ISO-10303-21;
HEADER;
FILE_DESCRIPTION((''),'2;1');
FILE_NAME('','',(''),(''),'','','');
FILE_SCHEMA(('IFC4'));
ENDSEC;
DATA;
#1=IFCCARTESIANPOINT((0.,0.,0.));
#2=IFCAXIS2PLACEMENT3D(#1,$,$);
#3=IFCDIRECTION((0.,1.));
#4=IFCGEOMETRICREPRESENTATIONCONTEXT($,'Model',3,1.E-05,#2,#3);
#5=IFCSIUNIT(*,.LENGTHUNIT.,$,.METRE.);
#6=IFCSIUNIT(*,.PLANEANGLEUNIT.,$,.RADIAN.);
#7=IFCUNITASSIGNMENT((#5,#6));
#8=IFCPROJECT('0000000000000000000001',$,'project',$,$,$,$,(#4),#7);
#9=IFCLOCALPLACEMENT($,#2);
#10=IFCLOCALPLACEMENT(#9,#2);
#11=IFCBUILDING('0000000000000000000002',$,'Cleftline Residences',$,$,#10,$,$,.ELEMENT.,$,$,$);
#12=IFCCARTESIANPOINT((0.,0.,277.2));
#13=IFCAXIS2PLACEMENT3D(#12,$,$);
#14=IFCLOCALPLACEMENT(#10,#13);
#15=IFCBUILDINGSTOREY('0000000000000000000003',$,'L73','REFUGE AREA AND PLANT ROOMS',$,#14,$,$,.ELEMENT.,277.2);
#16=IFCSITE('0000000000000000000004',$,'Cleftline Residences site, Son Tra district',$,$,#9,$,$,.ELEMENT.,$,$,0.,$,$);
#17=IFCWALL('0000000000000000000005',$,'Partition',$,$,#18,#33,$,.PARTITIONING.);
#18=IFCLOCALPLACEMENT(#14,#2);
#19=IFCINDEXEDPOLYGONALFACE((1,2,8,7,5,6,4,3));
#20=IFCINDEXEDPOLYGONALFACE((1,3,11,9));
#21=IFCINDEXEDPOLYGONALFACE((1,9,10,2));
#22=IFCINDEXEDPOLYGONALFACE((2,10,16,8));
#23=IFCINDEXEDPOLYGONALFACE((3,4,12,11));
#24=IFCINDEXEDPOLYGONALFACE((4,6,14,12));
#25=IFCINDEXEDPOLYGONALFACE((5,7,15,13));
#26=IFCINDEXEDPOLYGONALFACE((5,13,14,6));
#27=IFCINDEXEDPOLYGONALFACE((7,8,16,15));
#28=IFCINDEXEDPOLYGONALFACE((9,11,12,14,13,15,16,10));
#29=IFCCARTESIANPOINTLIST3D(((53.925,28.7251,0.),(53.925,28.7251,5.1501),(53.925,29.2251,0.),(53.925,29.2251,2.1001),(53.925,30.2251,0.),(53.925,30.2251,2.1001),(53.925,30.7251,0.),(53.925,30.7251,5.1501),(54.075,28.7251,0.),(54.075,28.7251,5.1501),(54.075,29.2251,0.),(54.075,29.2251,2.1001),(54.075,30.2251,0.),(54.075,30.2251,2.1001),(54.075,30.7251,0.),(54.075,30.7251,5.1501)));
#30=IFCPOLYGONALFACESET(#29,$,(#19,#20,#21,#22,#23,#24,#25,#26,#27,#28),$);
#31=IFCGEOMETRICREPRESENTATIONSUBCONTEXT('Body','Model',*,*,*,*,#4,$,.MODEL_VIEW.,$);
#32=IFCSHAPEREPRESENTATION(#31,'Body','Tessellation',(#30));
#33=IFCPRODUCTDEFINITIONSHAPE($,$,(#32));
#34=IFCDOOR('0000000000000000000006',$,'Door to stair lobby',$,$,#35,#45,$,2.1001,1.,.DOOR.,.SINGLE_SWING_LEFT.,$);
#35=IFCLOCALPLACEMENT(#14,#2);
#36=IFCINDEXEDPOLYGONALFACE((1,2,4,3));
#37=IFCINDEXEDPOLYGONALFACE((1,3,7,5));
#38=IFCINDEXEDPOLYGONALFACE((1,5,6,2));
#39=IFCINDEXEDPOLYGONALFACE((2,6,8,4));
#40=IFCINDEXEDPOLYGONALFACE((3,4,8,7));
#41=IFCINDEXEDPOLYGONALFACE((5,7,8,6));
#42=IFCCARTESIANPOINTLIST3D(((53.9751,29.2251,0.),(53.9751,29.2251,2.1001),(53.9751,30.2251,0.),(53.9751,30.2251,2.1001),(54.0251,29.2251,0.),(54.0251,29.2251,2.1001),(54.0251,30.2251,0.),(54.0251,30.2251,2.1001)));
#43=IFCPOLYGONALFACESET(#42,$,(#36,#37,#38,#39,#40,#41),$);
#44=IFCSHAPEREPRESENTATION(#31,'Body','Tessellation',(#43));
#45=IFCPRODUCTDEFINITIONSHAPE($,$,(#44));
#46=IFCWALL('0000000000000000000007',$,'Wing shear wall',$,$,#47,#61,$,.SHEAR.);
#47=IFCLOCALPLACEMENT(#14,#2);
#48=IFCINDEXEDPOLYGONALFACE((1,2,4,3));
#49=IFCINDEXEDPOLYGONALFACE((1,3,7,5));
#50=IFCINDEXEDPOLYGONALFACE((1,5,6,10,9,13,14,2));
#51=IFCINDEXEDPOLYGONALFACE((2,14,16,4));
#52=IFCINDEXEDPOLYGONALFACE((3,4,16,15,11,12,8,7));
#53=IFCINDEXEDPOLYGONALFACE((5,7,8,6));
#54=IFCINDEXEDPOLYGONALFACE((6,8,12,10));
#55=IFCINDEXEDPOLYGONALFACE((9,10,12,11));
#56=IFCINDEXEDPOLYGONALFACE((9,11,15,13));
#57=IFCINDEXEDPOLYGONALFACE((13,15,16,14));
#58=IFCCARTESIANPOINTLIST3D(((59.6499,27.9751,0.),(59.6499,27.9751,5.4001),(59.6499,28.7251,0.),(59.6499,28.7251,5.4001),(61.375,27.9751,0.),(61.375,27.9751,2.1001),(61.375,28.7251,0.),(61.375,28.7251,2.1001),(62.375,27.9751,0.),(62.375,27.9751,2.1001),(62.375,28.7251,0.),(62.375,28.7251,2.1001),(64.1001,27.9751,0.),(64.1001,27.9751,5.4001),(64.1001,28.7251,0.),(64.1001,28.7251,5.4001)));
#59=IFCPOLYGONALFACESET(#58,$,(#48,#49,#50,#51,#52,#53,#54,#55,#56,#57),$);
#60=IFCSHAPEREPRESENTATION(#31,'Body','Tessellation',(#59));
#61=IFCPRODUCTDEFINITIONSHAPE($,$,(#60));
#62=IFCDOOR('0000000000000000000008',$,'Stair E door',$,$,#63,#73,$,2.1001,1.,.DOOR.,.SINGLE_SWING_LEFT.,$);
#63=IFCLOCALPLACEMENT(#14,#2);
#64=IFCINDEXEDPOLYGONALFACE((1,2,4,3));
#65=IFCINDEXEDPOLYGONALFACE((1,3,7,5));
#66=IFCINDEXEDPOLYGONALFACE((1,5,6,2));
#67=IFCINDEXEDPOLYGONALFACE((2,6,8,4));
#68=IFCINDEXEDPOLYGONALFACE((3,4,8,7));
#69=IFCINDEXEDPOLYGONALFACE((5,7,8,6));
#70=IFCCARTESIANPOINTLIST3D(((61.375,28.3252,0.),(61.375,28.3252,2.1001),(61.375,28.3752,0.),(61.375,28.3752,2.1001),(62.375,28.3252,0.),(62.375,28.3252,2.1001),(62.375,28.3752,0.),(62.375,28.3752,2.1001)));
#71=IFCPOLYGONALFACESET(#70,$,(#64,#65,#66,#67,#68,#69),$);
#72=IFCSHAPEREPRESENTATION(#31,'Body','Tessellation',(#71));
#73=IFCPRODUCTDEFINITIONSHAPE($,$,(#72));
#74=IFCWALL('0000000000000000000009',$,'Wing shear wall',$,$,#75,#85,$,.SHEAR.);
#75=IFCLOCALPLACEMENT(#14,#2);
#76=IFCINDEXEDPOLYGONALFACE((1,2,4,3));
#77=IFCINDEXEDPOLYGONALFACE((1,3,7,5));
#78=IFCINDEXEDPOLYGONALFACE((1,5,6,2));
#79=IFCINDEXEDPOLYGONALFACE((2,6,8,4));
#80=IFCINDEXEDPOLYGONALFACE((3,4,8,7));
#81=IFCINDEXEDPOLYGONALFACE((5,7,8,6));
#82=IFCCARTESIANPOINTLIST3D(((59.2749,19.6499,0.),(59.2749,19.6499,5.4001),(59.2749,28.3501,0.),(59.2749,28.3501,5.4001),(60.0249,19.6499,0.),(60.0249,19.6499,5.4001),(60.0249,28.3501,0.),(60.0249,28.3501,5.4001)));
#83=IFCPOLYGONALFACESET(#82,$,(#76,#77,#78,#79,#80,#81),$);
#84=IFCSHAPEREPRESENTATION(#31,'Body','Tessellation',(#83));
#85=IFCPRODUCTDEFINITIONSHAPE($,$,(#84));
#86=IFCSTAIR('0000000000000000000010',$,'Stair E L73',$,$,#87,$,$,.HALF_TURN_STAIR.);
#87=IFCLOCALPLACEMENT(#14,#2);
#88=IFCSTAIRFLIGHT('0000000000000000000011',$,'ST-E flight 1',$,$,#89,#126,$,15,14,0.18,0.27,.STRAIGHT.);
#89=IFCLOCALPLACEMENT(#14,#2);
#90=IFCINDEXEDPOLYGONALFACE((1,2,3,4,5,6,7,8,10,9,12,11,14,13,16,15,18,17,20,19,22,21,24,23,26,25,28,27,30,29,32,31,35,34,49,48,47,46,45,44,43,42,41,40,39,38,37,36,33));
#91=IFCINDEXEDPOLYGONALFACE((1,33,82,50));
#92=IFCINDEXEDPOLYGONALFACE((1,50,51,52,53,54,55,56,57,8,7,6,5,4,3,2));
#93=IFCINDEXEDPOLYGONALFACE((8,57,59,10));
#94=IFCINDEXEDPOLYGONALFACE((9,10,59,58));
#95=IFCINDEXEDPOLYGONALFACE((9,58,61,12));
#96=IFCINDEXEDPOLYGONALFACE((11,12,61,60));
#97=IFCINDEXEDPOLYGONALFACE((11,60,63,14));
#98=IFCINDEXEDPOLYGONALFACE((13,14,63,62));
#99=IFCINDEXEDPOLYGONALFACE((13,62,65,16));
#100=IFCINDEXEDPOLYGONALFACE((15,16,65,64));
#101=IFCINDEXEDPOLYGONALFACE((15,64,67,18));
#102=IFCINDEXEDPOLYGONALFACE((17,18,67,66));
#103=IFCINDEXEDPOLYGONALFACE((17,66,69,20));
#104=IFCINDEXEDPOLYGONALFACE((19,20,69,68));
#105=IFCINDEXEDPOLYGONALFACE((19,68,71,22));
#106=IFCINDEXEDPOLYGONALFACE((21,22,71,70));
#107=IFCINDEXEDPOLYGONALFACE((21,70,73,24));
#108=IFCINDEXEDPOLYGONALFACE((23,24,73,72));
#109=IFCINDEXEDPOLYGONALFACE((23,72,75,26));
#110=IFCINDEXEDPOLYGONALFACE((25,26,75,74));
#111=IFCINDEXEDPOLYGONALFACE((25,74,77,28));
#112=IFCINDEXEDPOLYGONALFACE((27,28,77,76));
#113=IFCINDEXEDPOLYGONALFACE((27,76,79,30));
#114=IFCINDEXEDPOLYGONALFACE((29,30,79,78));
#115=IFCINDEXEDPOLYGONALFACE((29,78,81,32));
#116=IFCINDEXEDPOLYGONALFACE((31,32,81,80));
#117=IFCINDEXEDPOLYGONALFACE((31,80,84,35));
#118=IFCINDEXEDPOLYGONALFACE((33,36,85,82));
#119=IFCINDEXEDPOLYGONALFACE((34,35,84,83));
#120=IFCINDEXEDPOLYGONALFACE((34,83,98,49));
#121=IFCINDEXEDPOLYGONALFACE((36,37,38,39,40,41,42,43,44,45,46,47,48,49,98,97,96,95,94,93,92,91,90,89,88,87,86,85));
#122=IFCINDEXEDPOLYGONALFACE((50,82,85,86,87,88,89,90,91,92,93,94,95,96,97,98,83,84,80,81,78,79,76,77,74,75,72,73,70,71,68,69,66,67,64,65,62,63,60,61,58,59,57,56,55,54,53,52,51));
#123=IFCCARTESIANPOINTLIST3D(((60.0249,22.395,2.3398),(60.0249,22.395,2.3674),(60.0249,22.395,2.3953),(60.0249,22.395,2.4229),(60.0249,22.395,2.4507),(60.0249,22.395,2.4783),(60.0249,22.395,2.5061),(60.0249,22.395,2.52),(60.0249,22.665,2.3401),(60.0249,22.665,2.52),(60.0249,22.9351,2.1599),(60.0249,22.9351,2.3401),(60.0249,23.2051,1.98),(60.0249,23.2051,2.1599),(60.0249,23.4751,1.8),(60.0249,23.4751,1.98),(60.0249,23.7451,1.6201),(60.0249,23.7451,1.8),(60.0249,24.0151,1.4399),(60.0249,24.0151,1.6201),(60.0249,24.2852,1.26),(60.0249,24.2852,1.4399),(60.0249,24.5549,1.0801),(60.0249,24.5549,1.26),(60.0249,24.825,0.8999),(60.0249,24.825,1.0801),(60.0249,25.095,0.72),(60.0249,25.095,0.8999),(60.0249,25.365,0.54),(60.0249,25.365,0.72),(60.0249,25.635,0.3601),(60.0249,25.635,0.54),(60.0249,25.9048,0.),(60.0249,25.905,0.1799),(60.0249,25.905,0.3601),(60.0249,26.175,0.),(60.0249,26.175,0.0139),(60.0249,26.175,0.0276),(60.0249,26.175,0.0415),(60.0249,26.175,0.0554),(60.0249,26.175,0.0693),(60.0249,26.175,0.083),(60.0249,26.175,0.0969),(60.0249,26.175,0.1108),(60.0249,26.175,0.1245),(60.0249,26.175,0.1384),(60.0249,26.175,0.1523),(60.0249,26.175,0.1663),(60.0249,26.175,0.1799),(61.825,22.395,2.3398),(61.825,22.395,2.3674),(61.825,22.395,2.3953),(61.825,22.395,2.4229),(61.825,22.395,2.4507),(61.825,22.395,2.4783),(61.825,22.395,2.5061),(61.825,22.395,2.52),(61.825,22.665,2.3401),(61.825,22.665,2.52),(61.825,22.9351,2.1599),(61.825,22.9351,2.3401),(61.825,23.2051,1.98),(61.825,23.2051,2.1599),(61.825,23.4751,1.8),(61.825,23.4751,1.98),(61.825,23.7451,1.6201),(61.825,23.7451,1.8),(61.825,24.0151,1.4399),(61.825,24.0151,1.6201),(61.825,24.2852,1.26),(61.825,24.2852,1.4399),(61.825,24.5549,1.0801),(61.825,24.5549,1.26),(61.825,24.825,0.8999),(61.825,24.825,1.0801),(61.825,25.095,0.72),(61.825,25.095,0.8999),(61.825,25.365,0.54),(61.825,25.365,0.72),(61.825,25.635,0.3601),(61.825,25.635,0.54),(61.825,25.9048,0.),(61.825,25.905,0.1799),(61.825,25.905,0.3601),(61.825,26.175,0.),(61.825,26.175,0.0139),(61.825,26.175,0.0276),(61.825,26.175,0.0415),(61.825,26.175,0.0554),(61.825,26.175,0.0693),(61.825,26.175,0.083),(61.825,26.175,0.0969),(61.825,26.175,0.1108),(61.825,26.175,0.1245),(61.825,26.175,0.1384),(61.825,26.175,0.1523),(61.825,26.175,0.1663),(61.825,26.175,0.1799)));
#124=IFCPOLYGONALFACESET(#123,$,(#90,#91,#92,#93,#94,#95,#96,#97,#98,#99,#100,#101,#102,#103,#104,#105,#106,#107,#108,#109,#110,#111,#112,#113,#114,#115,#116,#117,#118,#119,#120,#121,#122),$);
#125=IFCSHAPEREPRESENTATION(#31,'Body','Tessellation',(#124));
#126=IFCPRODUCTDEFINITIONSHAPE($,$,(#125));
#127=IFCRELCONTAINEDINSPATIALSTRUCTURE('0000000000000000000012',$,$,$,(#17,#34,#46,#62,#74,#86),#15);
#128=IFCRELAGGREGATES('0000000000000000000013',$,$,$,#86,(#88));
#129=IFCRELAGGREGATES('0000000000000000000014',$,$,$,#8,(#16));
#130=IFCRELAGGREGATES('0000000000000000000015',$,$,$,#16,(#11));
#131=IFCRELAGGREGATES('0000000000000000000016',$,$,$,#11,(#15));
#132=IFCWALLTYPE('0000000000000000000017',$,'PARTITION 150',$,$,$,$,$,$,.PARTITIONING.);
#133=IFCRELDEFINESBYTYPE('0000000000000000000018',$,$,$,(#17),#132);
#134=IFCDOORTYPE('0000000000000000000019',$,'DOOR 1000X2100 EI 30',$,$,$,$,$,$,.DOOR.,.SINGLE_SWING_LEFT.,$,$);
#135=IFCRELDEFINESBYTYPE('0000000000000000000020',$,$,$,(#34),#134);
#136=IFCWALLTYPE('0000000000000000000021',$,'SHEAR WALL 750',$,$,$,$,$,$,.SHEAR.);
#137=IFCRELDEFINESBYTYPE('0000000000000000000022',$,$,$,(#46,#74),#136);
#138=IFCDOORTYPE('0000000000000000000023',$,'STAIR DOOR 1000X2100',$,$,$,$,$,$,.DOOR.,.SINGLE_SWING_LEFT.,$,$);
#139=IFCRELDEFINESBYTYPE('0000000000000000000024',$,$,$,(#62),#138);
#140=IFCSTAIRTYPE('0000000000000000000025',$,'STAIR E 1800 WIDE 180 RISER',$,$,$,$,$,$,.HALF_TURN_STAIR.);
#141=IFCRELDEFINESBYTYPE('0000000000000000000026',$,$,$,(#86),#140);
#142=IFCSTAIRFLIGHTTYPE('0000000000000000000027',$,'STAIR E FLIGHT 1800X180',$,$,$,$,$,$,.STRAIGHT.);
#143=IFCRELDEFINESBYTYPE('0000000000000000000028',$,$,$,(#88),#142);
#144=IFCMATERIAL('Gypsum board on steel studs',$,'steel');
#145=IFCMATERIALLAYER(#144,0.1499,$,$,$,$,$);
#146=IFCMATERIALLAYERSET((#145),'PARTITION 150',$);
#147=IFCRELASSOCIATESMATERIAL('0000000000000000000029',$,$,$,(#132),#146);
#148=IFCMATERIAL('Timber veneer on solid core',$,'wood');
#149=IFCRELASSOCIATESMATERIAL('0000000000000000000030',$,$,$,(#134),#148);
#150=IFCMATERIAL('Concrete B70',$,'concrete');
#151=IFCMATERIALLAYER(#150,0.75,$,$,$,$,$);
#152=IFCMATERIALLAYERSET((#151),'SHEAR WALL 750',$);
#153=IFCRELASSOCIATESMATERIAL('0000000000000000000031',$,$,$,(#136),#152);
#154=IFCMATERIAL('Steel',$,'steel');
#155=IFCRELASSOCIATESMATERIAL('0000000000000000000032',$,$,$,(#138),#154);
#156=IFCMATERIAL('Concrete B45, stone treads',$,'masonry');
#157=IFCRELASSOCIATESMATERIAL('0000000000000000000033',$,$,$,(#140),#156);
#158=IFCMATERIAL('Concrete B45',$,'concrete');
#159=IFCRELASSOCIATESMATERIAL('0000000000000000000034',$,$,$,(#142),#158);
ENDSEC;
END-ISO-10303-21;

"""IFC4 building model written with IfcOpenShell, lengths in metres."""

from ifc_helpers import new_model, si_unit, direction, frame, frame_2d, origin, place, context, subcontext, project, spatial, polyline, rectangle, outline, extrude, material, layer, layer_set, type_object, element, fill, aggregate, save


model = new_model("IFC4")

# Units and contexts
model_context = context("Model", 3, precision=1e-05, world=origin(), true_north=direction((0.0, 1.0)))
body_context = subcontext(model_context, "Body", "Model", "MODEL_VIEW")
ifc_project = project(units=[si_unit("LENGTHUNIT", "METRE"), si_unit("PLANEANGLEUNIT", "RADIAN")], contexts=[model_context])

# Site, building, storey
site_placement = place(None, origin())
site = spatial("IfcSite", under=ifc_project, at=site_placement, Name="Cleftline Residences site, Son Tra district", CompositionType="ELEMENT", RefElevation=0.0)
building_placement = place(site_placement, origin())
building = spatial("IfcBuilding", under=site, at=building_placement, Name="Cleftline Residences", CompositionType="ELEMENT")
storey_placement = place(building_placement, frame((0.0, 0.0, 277.2)))
storey = spatial("IfcBuildingStorey", under=building, at=storey_placement, Name="L73", Description="REFUGE AREA AND PLANT ROOMS", CompositionType="ELEMENT", Elevation=277.2)

# Walls, openings, doors
ifc_material_1 = material(Name="Gypsum board on steel studs", Category="steel")
ifc_layer_1 = layer(ifc_material_1, 0.1499)
ifc_layer_set_1 = layer_set([ifc_layer_1], Name="PARTITION 150")
wall_type_1 = type_object("IfcWallType", Name="PARTITION 150", PredefinedType="PARTITIONING", material=ifc_layer_set_1)
wall_1_placement = place(storey_placement, frame((54.0, 28.7251, 0.0), z_axis=(0.0, 0.0, 1.0), x_axis=(0.0, 1.0, 0.0)))
wall_1 = element("IfcWall", 1, at=wall_1_placement, inside=storey, type_object=wall_type_1, Name="Partition", PredefinedType="PARTITIONING", context=body_context, shape_type="SweptSolid", body=[
    extrude(rectangle(XDim=2.0, YDim=0.1499, at=frame_2d((1.0, 0.0))), origin(), (0.0, 0.0, 1.0), 5.1501),
])
opening_1_placement = place(wall_1_placement, frame((0.5, 0.0, 0.0)))
opening_1 = element("IfcOpeningElement", 2, at=opening_1_placement, cuts=wall_1, PredefinedType="OPENING", context=body_context, shape_type="SweptSolid", body=[
    extrude(rectangle(XDim=1.0, YDim=2.1001, at=frame_2d((0.5, 1.05))), frame((0.0, 0.085, 0.0), z_axis=(0.0, -1.0, 0.0), x_axis=(1.0, 0.0, 0.0)), (0.0, 0.0, 1.0), 0.1699),
])
ifc_material_2 = material(Name="Timber veneer on solid core", Category="wood")
door_type_1 = type_object("IfcDoorType", Name="DOOR 1000X2100 EI 30", OperationType="SINGLE_SWING_LEFT", PredefinedType="DOOR", material=ifc_material_2)
door_1_placement = place(opening_1_placement, origin())
door_1 = element("IfcDoor", 3, at=door_1_placement, inside=storey, type_object=door_type_1, Name="Door to stair lobby", OperationType="SINGLE_SWING_LEFT", OverallHeight=2.1001, OverallWidth=1.0, PredefinedType="DOOR", context=body_context, shape_type="SweptSolid", body=[
    extrude(rectangle(XDim=1.0, YDim=2.1001, at=frame_2d((0.5, 1.05))), frame((0.0, 0.0249, 0.0), z_axis=(0.0, -1.0, 0.0), x_axis=(1.0, 0.0, 0.0)), (0.0, 0.0, 1.0), 0.05),
])
fill(opening_1, door_1)
ifc_material_3 = material(Name="Concrete B70", Category="concrete")
ifc_layer_2 = layer(ifc_material_3, 0.75)
ifc_layer_set_2 = layer_set([ifc_layer_2], Name="SHEAR WALL 750")
wall_type_2 = type_object("IfcWallType", Name="SHEAR WALL 750", PredefinedType="SHEAR", material=ifc_layer_set_2)
wall_2_placement = place(storey_placement, frame((64.1001, 28.3501, 0.0), z_axis=(0.0, 0.0, 1.0), x_axis=(-1.0, 0.0, 0.0)))
wall_2 = element("IfcWall", 4, at=wall_2_placement, inside=storey, type_object=wall_type_2, Name="Wing shear wall", PredefinedType="SHEAR", context=body_context, shape_type="SweptSolid", body=[
    extrude(rectangle(XDim=4.4502, YDim=0.75, at=frame_2d((2.2251, 0.0))), origin(), (0.0, 0.0, 1.0), 5.4001),
])
opening_2_placement = place(wall_2_placement, frame((1.7251, 0.0, 0.0)))
opening_2 = element("IfcOpeningElement", 5, at=opening_2_placement, cuts=wall_2, PredefinedType="OPENING", context=body_context, shape_type="SweptSolid", body=[
    extrude(rectangle(XDim=1.0, YDim=2.1001, at=frame_2d((0.5, 1.05))), frame((0.0, 0.385, 0.0), z_axis=(0.0, -1.0, 0.0), x_axis=(1.0, 0.0, 0.0)), (0.0, 0.0, 1.0), 0.77),
])
ifc_material_4 = material(Name="Steel", Category="steel")
door_type_2 = type_object("IfcDoorType", Name="STAIR DOOR 1000X2100", OperationType="SINGLE_SWING_LEFT", PredefinedType="DOOR", material=ifc_material_4)
door_2_placement = place(opening_2_placement, origin())
door_2 = element("IfcDoor", 6, at=door_2_placement, inside=storey, type_object=door_type_2, Name="Stair E door", OperationType="SINGLE_SWING_LEFT", OverallHeight=2.1001, OverallWidth=1.0, PredefinedType="DOOR", context=body_context, shape_type="SweptSolid", body=[
    extrude(rectangle(XDim=1.0, YDim=2.1001, at=frame_2d((0.5, 1.05))), frame((0.0, 0.0249, 0.0), z_axis=(0.0, -1.0, 0.0), x_axis=(1.0, 0.0, 0.0)), (0.0, 0.0, 1.0), 0.05),
])
fill(opening_2, door_2)

# Wall
wall_3_placement = place(storey_placement, frame((59.6499, 28.3501, 0.0), z_axis=(0.0, 0.0, 1.0), x_axis=(0.0, -1.0, 0.0)))
element("IfcWall", 7, at=wall_3_placement, inside=storey, type_object=wall_type_2, Name="Wing shear wall", PredefinedType="SHEAR", context=body_context, shape_type="SweptSolid", body=[
    extrude(rectangle(XDim=8.7002, YDim=0.75, at=frame_2d((4.3501, 0.0))), origin(), (0.0, 0.0, 1.0), 5.4001),
])

# Stair, stair flight
ifc_material_5 = material(Name="Concrete B45, stone treads", Category="masonry")
stair_type = type_object("IfcStairType", Name="STAIR E 1800 WIDE 180 RISER", PredefinedType="HALF_TURN_STAIR", material=ifc_material_5)
stair_placement = place(storey_placement, origin())
stair = element("IfcStair", 8, at=stair_placement, inside=storey, type_object=stair_type, Name="Stair E L73", PredefinedType="HALF_TURN_STAIR")
ifc_material_6 = material(Name="Concrete B45", Category="concrete")
stair_flight_type = type_object("IfcStairFlightType", Name="STAIR E FLIGHT 1800X180", PredefinedType="STRAIGHT", material=ifc_material_6)
stair_flight_placement = place(storey_placement, frame((60.925, 26.175, 0.0), z_axis=(0.0, 0.0, 1.0), x_axis=(0.0, -1.0, 0.0)))
stair_flight = element("IfcStairFlight", 9, at=stair_flight_placement, type_object=stair_flight_type, Name="ST-E flight 1", NumberOfRisers=15, NumberOfTreads=14, PredefinedType="STRAIGHT", RiserHeight=0.18, TreadLength=0.27, context=body_context, shape_type="SweptSolid", body=[
    extrude(outline(polyline([(0.0, 0.0), (0.0, 0.0139), (0.0, 0.0276), (0.0, 0.0415), (0.0, 0.0554), (0.0, 0.0693), (0.0, 0.083), (0.0, 0.0969), (0.0, 0.1108), (0.0, 0.1245), (0.0, 0.1384), (0.0, 0.1523), (0.0, 0.1663), (0.0, 0.1799), (0.27, 0.1799), (0.27, 0.3601), (0.54, 0.3601), (0.54, 0.54), (0.8101, 0.54), (0.8101, 0.72), (1.0801, 0.72), (1.0801, 0.8999), (1.3501, 0.8999), (1.3501, 1.0801), (1.6201, 1.0801), (1.6201, 1.26), (1.8899, 1.26), (1.8899, 1.4399), (2.1599, 1.4399), (2.1599, 1.6201), (2.4299, 1.6201), (2.4299, 1.8), (2.7, 1.8), (2.7, 1.98), (2.97, 1.98), (2.97, 2.1599), (3.24, 2.1599), (3.24, 2.3401), (3.51, 2.3401), (3.51, 2.52), (3.78, 2.52), (3.78, 2.7), (3.78, 2.6724), (3.78, 2.6445), (3.78, 2.6169), (3.78, 2.5891), (3.78, 2.5615), (3.78, 2.5337), (3.78, 2.5061), (3.78, 2.4783), (3.78, 2.4507), (3.78, 2.4229), (3.78, 2.3953), (3.78, 2.3674), (3.78, 2.3398), (0.2703, 0.0), (0.0, 0.0)])), frame((0.0, 0.8999, 0.0), z_axis=(0.0, -1.0, 0.0), x_axis=(1.0, 0.0, 0.0)), (0.0, 0.0, 1.0), 1.8),
])
aggregate(stair, [stair_flight])

save(model, "model.ifc")
